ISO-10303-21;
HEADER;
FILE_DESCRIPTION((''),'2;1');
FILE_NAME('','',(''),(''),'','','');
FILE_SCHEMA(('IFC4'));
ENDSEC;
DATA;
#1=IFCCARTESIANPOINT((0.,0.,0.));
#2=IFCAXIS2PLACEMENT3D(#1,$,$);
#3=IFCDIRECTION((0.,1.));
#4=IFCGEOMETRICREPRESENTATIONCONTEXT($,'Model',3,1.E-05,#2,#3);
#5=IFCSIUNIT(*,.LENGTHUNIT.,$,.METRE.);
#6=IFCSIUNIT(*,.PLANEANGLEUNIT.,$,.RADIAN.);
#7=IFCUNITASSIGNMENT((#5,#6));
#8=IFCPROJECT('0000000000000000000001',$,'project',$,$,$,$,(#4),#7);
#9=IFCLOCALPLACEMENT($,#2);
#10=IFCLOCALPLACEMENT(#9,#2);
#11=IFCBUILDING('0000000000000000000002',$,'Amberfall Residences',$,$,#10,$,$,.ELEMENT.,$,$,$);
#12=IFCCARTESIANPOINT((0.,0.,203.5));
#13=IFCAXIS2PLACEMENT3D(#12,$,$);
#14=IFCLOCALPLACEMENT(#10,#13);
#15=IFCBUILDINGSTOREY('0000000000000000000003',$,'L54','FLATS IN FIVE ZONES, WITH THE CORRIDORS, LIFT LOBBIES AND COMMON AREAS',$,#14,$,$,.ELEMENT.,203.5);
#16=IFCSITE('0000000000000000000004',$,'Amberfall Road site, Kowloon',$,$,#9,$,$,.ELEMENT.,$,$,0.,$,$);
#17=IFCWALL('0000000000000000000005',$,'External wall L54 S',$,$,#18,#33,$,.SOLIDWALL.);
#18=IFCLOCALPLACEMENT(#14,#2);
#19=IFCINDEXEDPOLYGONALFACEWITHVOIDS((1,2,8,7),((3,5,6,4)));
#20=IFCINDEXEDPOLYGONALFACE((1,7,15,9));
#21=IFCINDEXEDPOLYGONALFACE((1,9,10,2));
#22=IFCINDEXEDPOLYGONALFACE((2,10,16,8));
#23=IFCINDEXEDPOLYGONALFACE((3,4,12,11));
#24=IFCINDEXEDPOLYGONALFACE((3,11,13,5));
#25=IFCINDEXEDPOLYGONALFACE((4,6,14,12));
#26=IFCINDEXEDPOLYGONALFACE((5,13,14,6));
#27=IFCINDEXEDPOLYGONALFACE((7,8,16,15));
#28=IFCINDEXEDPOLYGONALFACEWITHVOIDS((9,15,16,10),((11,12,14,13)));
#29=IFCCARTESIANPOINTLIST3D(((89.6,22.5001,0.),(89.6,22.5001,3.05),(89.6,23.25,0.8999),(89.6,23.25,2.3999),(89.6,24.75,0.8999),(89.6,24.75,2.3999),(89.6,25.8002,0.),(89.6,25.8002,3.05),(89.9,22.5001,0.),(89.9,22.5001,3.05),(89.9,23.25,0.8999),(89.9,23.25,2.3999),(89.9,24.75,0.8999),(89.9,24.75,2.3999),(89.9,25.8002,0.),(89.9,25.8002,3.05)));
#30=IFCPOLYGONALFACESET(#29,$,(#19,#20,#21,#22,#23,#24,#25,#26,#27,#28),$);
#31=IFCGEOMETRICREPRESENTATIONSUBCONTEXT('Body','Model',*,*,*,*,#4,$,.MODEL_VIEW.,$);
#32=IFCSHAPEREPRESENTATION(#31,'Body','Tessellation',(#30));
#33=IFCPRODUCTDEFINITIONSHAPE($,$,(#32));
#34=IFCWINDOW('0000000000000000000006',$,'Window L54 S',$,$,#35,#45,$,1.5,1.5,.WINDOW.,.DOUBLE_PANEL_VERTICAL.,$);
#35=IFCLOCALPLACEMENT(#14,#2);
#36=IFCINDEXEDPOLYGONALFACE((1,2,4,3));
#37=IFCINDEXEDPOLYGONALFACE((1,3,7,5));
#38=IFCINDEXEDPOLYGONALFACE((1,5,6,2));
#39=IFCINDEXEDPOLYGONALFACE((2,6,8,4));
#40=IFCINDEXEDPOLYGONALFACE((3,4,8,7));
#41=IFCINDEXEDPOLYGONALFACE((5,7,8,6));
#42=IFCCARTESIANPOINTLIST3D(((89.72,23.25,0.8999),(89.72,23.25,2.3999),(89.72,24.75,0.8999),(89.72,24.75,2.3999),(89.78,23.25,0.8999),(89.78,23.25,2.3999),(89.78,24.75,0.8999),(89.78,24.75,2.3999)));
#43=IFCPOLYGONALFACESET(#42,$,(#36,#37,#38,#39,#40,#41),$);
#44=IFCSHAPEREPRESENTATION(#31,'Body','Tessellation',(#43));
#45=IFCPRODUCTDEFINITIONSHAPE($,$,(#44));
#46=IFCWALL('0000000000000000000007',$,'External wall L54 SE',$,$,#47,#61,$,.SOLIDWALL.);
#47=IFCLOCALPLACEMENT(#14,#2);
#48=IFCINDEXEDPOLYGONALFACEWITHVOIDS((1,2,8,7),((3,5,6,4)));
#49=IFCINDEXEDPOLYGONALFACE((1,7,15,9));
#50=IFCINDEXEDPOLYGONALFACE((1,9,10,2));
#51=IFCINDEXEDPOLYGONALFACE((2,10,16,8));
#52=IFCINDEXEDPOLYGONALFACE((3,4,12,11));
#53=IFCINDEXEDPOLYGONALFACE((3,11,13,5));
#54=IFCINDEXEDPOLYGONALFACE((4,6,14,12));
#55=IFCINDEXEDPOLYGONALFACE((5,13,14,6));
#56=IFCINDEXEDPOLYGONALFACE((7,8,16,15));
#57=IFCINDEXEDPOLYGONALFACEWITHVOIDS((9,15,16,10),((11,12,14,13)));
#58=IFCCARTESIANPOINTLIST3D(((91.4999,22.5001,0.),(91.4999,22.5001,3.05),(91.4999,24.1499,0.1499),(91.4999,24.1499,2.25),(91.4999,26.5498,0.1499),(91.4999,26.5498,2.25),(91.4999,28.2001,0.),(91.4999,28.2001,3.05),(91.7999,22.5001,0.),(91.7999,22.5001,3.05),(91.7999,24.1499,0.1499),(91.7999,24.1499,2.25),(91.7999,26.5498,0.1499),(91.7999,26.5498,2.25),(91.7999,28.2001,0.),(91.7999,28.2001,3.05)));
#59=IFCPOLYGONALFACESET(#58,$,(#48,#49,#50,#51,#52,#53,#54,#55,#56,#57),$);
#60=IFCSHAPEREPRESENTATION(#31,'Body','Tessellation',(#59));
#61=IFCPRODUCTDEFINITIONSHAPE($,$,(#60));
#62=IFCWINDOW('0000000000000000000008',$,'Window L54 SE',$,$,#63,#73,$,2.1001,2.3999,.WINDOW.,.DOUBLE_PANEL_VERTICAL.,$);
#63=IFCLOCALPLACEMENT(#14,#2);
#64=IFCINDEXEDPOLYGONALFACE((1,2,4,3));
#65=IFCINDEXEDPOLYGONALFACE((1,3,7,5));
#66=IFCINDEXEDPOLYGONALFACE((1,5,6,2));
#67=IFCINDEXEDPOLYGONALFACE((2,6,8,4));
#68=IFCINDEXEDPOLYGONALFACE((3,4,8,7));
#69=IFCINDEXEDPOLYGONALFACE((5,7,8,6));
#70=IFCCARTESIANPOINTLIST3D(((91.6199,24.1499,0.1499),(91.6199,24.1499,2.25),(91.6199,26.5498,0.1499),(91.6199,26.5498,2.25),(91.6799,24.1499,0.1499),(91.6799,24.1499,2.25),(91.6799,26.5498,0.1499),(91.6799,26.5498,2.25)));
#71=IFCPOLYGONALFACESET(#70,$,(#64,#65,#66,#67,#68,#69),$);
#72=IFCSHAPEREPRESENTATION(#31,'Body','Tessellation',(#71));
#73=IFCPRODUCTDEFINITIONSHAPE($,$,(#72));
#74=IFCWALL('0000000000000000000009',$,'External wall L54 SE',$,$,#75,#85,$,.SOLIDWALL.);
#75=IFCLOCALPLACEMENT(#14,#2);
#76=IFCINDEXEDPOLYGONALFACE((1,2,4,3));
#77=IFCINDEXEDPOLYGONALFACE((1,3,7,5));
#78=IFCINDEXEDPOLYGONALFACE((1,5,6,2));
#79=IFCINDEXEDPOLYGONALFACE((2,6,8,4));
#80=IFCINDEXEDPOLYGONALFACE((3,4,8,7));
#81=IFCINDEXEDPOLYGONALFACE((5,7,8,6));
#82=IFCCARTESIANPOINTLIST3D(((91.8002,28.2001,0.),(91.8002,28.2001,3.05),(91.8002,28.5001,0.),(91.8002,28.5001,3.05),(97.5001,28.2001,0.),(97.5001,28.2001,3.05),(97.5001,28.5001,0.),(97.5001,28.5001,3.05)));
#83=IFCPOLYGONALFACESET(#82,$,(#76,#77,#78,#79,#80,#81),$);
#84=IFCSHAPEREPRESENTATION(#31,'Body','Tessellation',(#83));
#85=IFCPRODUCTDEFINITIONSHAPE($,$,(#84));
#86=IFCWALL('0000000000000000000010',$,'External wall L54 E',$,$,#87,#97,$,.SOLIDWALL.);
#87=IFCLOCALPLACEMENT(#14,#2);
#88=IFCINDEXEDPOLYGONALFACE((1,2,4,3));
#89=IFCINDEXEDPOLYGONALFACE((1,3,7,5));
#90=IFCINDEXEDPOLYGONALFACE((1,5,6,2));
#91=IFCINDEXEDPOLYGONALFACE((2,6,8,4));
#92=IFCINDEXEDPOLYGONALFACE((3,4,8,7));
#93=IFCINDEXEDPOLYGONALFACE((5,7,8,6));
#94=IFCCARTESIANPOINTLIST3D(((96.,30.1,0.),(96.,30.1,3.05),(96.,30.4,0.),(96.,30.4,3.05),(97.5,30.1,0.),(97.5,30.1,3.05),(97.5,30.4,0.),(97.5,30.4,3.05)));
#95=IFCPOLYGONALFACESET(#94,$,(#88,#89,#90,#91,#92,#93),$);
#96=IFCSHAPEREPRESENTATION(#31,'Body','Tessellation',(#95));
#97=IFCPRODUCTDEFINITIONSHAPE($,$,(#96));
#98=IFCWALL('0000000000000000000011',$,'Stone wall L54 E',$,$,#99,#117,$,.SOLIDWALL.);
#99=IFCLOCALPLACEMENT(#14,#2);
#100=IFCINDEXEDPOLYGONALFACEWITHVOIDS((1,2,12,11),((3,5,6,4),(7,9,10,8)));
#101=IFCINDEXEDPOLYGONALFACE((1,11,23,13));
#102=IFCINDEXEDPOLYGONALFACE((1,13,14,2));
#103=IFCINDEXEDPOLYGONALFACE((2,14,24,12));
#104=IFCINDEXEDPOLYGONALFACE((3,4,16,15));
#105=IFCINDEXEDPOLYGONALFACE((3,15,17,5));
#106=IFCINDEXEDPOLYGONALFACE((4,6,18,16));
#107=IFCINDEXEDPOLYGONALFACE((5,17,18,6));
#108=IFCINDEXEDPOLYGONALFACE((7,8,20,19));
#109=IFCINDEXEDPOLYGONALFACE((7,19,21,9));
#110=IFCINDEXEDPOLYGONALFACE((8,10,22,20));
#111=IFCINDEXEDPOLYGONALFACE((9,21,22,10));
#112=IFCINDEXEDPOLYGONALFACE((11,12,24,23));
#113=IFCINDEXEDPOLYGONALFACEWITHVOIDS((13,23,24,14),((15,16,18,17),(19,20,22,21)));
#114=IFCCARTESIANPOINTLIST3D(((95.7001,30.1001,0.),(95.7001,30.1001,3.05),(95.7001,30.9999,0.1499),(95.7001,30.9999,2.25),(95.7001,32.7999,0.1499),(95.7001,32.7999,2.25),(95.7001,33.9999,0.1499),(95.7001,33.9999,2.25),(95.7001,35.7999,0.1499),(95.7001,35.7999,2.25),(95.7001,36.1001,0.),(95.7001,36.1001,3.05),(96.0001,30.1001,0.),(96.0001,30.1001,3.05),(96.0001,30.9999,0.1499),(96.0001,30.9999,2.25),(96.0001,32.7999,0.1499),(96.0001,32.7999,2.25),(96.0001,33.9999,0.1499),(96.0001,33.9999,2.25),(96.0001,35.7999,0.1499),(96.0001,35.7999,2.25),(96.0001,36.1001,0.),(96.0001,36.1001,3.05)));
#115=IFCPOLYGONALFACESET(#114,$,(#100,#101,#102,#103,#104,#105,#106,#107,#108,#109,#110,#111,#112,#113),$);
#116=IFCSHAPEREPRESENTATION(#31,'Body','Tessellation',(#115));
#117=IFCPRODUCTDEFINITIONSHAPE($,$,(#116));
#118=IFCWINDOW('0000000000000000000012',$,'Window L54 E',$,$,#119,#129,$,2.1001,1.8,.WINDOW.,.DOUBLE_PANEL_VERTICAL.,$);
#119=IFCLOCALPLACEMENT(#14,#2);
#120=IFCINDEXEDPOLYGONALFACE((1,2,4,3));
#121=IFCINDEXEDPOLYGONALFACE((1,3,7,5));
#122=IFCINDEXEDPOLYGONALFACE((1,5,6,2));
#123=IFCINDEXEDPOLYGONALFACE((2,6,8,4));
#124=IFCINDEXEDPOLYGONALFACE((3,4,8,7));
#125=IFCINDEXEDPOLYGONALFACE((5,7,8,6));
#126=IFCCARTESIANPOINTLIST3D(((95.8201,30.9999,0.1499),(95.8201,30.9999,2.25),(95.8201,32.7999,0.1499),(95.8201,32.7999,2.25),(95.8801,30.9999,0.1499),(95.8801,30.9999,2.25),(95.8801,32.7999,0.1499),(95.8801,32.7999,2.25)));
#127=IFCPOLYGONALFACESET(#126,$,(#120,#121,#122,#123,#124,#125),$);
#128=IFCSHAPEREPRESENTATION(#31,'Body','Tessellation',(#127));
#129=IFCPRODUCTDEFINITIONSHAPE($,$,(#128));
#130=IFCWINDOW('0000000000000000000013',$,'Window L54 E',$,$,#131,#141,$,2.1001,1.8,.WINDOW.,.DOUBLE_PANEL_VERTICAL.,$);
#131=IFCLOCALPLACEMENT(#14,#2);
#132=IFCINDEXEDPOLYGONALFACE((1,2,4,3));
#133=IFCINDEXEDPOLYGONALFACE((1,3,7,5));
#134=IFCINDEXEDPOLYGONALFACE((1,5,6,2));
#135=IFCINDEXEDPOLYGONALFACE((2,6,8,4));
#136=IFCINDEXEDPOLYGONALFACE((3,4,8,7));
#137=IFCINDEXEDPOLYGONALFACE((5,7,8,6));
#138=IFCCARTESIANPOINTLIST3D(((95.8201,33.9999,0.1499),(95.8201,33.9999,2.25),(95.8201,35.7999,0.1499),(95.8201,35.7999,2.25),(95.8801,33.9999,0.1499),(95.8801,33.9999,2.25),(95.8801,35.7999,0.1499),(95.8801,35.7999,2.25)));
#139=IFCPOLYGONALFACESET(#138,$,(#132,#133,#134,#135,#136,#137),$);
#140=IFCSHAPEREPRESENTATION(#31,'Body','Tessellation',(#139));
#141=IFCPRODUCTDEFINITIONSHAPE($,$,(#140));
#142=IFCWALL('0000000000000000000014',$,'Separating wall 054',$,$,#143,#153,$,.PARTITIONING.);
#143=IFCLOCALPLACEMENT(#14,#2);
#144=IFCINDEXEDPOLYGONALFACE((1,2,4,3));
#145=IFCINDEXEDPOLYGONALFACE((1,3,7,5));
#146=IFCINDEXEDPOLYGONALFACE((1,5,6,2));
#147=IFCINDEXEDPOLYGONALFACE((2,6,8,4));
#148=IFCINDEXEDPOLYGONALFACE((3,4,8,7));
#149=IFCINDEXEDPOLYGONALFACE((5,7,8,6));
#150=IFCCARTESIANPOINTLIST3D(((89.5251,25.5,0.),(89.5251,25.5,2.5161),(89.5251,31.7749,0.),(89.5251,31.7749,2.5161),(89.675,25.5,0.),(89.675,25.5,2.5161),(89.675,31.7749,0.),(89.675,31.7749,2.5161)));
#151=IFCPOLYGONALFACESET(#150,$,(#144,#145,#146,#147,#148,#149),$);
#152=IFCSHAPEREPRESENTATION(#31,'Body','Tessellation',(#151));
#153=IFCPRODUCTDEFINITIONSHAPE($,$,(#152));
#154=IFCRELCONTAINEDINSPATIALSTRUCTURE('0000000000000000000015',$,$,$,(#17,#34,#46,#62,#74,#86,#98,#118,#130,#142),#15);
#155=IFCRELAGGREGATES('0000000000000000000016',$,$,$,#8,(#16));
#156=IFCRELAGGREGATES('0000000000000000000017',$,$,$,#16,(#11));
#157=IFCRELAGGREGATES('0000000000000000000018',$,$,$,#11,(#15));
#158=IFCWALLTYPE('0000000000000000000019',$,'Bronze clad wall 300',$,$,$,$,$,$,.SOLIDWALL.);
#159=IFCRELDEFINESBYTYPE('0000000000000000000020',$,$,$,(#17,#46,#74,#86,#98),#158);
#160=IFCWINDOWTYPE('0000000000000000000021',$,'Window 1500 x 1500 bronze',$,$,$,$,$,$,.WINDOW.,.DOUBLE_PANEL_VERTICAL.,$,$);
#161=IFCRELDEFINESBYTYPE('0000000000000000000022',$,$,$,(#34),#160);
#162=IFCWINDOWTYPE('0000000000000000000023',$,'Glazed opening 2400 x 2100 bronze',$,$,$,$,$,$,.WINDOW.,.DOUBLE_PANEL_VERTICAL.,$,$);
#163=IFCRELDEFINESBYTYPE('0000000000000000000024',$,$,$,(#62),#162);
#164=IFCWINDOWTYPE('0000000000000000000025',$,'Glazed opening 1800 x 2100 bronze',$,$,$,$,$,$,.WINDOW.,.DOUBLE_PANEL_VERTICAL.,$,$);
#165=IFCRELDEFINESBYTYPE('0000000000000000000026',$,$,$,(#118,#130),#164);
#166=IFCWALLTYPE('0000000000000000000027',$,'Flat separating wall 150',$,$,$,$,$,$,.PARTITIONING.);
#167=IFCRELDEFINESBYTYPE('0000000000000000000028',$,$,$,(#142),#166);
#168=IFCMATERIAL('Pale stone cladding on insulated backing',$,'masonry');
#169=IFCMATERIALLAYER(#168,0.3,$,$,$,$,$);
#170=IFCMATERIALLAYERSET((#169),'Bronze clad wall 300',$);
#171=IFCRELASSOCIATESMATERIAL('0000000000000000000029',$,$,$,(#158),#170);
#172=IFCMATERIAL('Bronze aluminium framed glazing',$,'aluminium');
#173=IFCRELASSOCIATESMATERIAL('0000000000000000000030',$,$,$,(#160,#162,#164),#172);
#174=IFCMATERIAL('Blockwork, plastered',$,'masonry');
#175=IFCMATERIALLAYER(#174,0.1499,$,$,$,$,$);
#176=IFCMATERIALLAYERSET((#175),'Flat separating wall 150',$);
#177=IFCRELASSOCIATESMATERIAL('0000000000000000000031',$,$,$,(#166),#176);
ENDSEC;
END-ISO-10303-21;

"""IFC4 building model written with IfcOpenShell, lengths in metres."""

from ifc_helpers import new_model, si_unit, direction, frame, frame_2d, origin, place, context, subcontext, project, spatial, rectangle, extrude, material, layer, layer_set, type_object, element, fill, save


model = new_model("IFC4")

# Units and contexts
model_context = context("Model", 3, precision=1e-05, world=origin(), true_north=direction((0.0, 1.0)))
body_context = subcontext(model_context, "Body", "Model", "MODEL_VIEW")
ifc_project = project(units=[si_unit("LENGTHUNIT", "METRE"), si_unit("PLANEANGLEUNIT", "RADIAN")], contexts=[model_context])

# Site, building, storey
site_placement = place(None, origin())
site = spatial("IfcSite", under=ifc_project, at=site_placement, Name="Amberfall Road site, Kowloon", CompositionType="ELEMENT", RefElevation=0.0)
building_placement = place(site_placement, origin())
building = spatial("IfcBuilding", under=site, at=building_placement, Name="Amberfall Residences", CompositionType="ELEMENT")
storey_placement = place(building_placement, frame((0.0, 0.0, 203.5)))
storey = spatial("IfcBuildingStorey", under=building, at=storey_placement, Name="L54", Description="FLATS IN FIVE ZONES, WITH THE CORRIDORS, LIFT LOBBIES AND COMMON AREAS", CompositionType="ELEMENT", Elevation=203.5)

# Walls, openings, windows
ifc_material_1 = material(Name="Pale stone cladding on insulated backing", Category="masonry")
ifc_layer_1 = layer(ifc_material_1, 0.3)
ifc_layer_set_1 = layer_set([ifc_layer_1], Name="Bronze clad wall 300")
wall_type_1 = type_object("IfcWallType", Name="Bronze clad wall 300", PredefinedType="SOLIDWALL", material=ifc_layer_set_1)
wall_1_placement = place(storey_placement, frame((89.75, 25.8, 0.0), z_axis=(0.0, 0.0, 1.0), x_axis=(0.0, -1.0, 0.0)))
wall_1 = element("IfcWall", 1, at=wall_1_placement, inside=storey, type_object=wall_type_1, Name="External wall L54 S", PredefinedType="SOLIDWALL", context=body_context, shape_type="SweptSolid", body=[
    extrude(rectangle(XDim=3.3, YDim=0.3, at=frame_2d((1.6499, 0.0))), origin(), (0.0, 0.0, 1.0), 3.05),
])
opening_1_placement = place(wall_1_placement, frame((1.05, 0.0, 0.8999)))
opening_1 = element("IfcOpeningElement", 2, at=opening_1_placement, cuts=wall_1, PredefinedType="OPENING", context=body_context, shape_type="SweptSolid", body=[
    extrude(rectangle(XDim=1.5, YDim=1.5, at=frame_2d((0.75, 0.75))), frame((0.0, 0.1599, 0.0), z_axis=(0.0, -1.0, 0.0), x_axis=(1.0, 0.0, 0.0)), (0.0, 0.0, 1.0), 0.3201),
])
ifc_material_2 = material(Name="Bronze aluminium framed glazing", Category="aluminium")
window_type_1 = type_object("IfcWindowType", Name="Window 1500 x 1500 bronze", PartitioningType="DOUBLE_PANEL_VERTICAL", PredefinedType="WINDOW", material=ifc_material_2)
window_1_placement = place(opening_1_placement, origin())
window_1 = element("IfcWindow", 3, at=window_1_placement, inside=storey, type_object=window_type_1, Name="Window L54 S", OverallHeight=1.5, OverallWidth=1.5, PartitioningType="DOUBLE_PANEL_VERTICAL", PredefinedType="WINDOW", context=body_context, shape_type="SweptSolid", body=[
    extrude(rectangle(XDim=1.5, YDim=1.5, at=frame_2d((0.75, 0.75))), frame((0.0, 0.03, 0.0), z_axis=(0.0, -1.0, 0.0), x_axis=(1.0, 0.0, 0.0)), (0.0, 0.0, 1.0), 0.0601),
])
fill(opening_1, window_1)
wall_2_placement = place(storey_placement, frame((91.6499, 22.5, 0.0), z_axis=(0.0, 0.0, 1.0), x_axis=(0.0, 1.0, 0.0)))
wall_2 = element("IfcWall", 4, at=wall_2_placement, inside=storey, type_object=wall_type_1, Name="External wall L54 SE", PredefinedType="SOLIDWALL", context=body_context, shape_type="SweptSolid", body=[
    extrude(rectangle(XDim=5.7, YDim=0.3, at=frame_2d((2.8501, 0.0))), origin(), (0.0, 0.0, 1.0), 3.05),
])
opening_2_placement = place(wall_2_placement, frame((1.6499, 0.0, 0.1499)))
opening_2 = element("IfcOpeningElement", 5, at=opening_2_placement, cuts=wall_2, PredefinedType="OPENING", context=body_context, shape_type="SweptSolid", body=[
    extrude(rectangle(XDim=2.3999, YDim=2.1001, at=frame_2d((1.2, 1.05))), frame((0.0, 0.1599, 0.0), z_axis=(0.0, -1.0, 0.0), x_axis=(1.0, 0.0, 0.0)), (0.0, 0.0, 1.0), 0.3201),
])
window_type_2 = type_object("IfcWindowType", Name="Glazed opening 2400 x 2100 bronze", PartitioningType="DOUBLE_PANEL_VERTICAL", PredefinedType="WINDOW", material=ifc_material_2)
window_2_placement = place(opening_2_placement, origin())
window_2 = element("IfcWindow", 6, at=window_2_placement, inside=storey, type_object=window_type_2, Name="Window L54 SE", OverallHeight=2.1001, OverallWidth=2.3999, PartitioningType="DOUBLE_PANEL_VERTICAL", PredefinedType="WINDOW", context=body_context, shape_type="SweptSolid", body=[
    extrude(rectangle(XDim=2.3999, YDim=2.1001, at=frame_2d((1.2, 1.05))), frame((0.0, 0.03, 0.0), z_axis=(0.0, -1.0, 0.0), x_axis=(1.0, 0.0, 0.0)), (0.0, 0.0, 1.0), 0.0601),
])
fill(opening_2, window_2)

# Walls
wall_3_placement = place(storey_placement, frame((91.8, 28.3501, 0.0), z_axis=(0.0, 0.0, 1.0), x_axis=(1.0, 0.0, 0.0)))
element("IfcWall", 7, at=wall_3_placement, inside=storey, type_object=wall_type_1, Name="External wall L54 SE", PredefinedType="SOLIDWALL", context=body_context, shape_type="SweptSolid", body=[
    extrude(rectangle(XDim=5.7, YDim=0.3, at=frame_2d((2.8501, 0.0))), origin(), (0.0, 0.0, 1.0), 3.05),
])
wall_4_placement = place(storey_placement, frame((97.5, 30.25, 0.0), z_axis=(0.0, 0.0, 1.0), x_axis=(-1.0, 0.0, 0.0)))
element("IfcWall", 8, at=wall_4_placement, inside=storey, type_object=wall_type_1, Name="External wall L54 E", PredefinedType="SOLIDWALL", context=body_context, shape_type="SweptSolid", body=[
    extrude(rectangle(XDim=1.5, YDim=0.3, at=frame_2d((0.75, 0.0))), origin(), (0.0, 0.0, 1.0), 3.05),
])

# Wall, openings, windows
wall_5_placement = place(storey_placement, frame((95.8501, 30.1001, 0.0), z_axis=(0.0, 0.0, 1.0), x_axis=(0.0, 1.0, 0.0)))
wall_5 = element("IfcWall", 9, at=wall_5_placement, inside=storey, type_object=wall_type_1, Name="Stone wall L54 E", PredefinedType="SOLIDWALL", context=body_context, shape_type="SweptSolid", body=[
    extrude(rectangle(XDim=6.0, YDim=0.3, at=frame_2d((3.0, 0.0))), origin(), (0.0, 0.0, 1.0), 3.05),
])
opening_3_placement = place(wall_5_placement, frame((0.8999, 0.0, 0.1499)))
opening_3 = element("IfcOpeningElement", 10, at=opening_3_placement, cuts=wall_5, PredefinedType="OPENING", context=body_context, shape_type="SweptSolid", body=[
    extrude(rectangle(XDim=1.8, YDim=2.1001, at=frame_2d((0.8999, 1.05))), frame((0.0, 0.1599, 0.0), z_axis=(0.0, -1.0, 0.0), x_axis=(1.0, 0.0, 0.0)), (0.0, 0.0, 1.0), 0.3201),
])
opening_4_placement = place(wall_5_placement, frame((3.8999, 0.0, 0.1499)))
opening_4 = element("IfcOpeningElement", 11, at=opening_4_placement, cuts=wall_5, PredefinedType="OPENING", context=body_context, shape_type="SweptSolid", body=[
    extrude(rectangle(XDim=1.8, YDim=2.1001, at=frame_2d((0.8999, 1.05))), frame((0.0, 0.1599, 0.0), z_axis=(0.0, -1.0, 0.0), x_axis=(1.0, 0.0, 0.0)), (0.0, 0.0, 1.0), 0.3201),
])
window_type_3 = type_object("IfcWindowType", Name="Glazed opening 1800 x 2100 bronze", PartitioningType="DOUBLE_PANEL_VERTICAL", PredefinedType="WINDOW", material=ifc_material_2)
window_3_placement = place(opening_3_placement, origin())
window_3 = element("IfcWindow", 12, at=window_3_placement, inside=storey, type_object=window_type_3, Name="Window L54 E", OverallHeight=2.1001, OverallWidth=1.8, PartitioningType="DOUBLE_PANEL_VERTICAL", PredefinedType="WINDOW", context=body_context, shape_type="SweptSolid", body=[
    extrude(rectangle(XDim=1.8, YDim=2.1001, at=frame_2d((0.8999, 1.05))), frame((0.0, 0.03, 0.0), z_axis=(0.0, -1.0, 0.0), x_axis=(1.0, 0.0, 0.0)), (0.0, 0.0, 1.0), 0.0601),
])
fill(opening_3, window_3)
window_4_placement = place(opening_4_placement, origin())
window_4 = element("IfcWindow", 13, at=window_4_placement, inside=storey, type_object=window_type_3, Name="Window L54 E", OverallHeight=2.1001, OverallWidth=1.8, PartitioningType="DOUBLE_PANEL_VERTICAL", PredefinedType="WINDOW", context=body_context, shape_type="SweptSolid", body=[
    extrude(rectangle(XDim=1.8, YDim=2.1001, at=frame_2d((0.8999, 1.05))), frame((0.0, 0.03, 0.0), z_axis=(0.0, -1.0, 0.0), x_axis=(1.0, 0.0, 0.0)), (0.0, 0.0, 1.0), 0.0601),
])
fill(opening_4, window_4)

# Wall
ifc_material_3 = material(Name="Blockwork, plastered", Category="masonry")
ifc_layer_2 = layer(ifc_material_3, 0.1499)
ifc_layer_set_2 = layer_set([ifc_layer_2], Name="Flat separating wall 150")
wall_type_2 = type_object("IfcWallType", Name="Flat separating wall 150", PredefinedType="PARTITIONING", material=ifc_layer_set_2)
wall_6_placement = place(storey_placement, frame((89.6001, 25.5, 0.0), z_axis=(0.0, 0.0, 1.0), x_axis=(0.0, 1.0, 0.0)))
element("IfcWall", 14, at=wall_6_placement, inside=storey, type_object=wall_type_2, Name="Separating wall 054", PredefinedType="PARTITIONING", context=body_context, shape_type="SweptSolid", body=[
    extrude(rectangle(XDim=6.2749, YDim=0.1499, at=frame_2d((3.1375, 0.0))), origin(), (0.0, 0.0, 1.0), 2.5161),
])

save(model, "model.ifc")
